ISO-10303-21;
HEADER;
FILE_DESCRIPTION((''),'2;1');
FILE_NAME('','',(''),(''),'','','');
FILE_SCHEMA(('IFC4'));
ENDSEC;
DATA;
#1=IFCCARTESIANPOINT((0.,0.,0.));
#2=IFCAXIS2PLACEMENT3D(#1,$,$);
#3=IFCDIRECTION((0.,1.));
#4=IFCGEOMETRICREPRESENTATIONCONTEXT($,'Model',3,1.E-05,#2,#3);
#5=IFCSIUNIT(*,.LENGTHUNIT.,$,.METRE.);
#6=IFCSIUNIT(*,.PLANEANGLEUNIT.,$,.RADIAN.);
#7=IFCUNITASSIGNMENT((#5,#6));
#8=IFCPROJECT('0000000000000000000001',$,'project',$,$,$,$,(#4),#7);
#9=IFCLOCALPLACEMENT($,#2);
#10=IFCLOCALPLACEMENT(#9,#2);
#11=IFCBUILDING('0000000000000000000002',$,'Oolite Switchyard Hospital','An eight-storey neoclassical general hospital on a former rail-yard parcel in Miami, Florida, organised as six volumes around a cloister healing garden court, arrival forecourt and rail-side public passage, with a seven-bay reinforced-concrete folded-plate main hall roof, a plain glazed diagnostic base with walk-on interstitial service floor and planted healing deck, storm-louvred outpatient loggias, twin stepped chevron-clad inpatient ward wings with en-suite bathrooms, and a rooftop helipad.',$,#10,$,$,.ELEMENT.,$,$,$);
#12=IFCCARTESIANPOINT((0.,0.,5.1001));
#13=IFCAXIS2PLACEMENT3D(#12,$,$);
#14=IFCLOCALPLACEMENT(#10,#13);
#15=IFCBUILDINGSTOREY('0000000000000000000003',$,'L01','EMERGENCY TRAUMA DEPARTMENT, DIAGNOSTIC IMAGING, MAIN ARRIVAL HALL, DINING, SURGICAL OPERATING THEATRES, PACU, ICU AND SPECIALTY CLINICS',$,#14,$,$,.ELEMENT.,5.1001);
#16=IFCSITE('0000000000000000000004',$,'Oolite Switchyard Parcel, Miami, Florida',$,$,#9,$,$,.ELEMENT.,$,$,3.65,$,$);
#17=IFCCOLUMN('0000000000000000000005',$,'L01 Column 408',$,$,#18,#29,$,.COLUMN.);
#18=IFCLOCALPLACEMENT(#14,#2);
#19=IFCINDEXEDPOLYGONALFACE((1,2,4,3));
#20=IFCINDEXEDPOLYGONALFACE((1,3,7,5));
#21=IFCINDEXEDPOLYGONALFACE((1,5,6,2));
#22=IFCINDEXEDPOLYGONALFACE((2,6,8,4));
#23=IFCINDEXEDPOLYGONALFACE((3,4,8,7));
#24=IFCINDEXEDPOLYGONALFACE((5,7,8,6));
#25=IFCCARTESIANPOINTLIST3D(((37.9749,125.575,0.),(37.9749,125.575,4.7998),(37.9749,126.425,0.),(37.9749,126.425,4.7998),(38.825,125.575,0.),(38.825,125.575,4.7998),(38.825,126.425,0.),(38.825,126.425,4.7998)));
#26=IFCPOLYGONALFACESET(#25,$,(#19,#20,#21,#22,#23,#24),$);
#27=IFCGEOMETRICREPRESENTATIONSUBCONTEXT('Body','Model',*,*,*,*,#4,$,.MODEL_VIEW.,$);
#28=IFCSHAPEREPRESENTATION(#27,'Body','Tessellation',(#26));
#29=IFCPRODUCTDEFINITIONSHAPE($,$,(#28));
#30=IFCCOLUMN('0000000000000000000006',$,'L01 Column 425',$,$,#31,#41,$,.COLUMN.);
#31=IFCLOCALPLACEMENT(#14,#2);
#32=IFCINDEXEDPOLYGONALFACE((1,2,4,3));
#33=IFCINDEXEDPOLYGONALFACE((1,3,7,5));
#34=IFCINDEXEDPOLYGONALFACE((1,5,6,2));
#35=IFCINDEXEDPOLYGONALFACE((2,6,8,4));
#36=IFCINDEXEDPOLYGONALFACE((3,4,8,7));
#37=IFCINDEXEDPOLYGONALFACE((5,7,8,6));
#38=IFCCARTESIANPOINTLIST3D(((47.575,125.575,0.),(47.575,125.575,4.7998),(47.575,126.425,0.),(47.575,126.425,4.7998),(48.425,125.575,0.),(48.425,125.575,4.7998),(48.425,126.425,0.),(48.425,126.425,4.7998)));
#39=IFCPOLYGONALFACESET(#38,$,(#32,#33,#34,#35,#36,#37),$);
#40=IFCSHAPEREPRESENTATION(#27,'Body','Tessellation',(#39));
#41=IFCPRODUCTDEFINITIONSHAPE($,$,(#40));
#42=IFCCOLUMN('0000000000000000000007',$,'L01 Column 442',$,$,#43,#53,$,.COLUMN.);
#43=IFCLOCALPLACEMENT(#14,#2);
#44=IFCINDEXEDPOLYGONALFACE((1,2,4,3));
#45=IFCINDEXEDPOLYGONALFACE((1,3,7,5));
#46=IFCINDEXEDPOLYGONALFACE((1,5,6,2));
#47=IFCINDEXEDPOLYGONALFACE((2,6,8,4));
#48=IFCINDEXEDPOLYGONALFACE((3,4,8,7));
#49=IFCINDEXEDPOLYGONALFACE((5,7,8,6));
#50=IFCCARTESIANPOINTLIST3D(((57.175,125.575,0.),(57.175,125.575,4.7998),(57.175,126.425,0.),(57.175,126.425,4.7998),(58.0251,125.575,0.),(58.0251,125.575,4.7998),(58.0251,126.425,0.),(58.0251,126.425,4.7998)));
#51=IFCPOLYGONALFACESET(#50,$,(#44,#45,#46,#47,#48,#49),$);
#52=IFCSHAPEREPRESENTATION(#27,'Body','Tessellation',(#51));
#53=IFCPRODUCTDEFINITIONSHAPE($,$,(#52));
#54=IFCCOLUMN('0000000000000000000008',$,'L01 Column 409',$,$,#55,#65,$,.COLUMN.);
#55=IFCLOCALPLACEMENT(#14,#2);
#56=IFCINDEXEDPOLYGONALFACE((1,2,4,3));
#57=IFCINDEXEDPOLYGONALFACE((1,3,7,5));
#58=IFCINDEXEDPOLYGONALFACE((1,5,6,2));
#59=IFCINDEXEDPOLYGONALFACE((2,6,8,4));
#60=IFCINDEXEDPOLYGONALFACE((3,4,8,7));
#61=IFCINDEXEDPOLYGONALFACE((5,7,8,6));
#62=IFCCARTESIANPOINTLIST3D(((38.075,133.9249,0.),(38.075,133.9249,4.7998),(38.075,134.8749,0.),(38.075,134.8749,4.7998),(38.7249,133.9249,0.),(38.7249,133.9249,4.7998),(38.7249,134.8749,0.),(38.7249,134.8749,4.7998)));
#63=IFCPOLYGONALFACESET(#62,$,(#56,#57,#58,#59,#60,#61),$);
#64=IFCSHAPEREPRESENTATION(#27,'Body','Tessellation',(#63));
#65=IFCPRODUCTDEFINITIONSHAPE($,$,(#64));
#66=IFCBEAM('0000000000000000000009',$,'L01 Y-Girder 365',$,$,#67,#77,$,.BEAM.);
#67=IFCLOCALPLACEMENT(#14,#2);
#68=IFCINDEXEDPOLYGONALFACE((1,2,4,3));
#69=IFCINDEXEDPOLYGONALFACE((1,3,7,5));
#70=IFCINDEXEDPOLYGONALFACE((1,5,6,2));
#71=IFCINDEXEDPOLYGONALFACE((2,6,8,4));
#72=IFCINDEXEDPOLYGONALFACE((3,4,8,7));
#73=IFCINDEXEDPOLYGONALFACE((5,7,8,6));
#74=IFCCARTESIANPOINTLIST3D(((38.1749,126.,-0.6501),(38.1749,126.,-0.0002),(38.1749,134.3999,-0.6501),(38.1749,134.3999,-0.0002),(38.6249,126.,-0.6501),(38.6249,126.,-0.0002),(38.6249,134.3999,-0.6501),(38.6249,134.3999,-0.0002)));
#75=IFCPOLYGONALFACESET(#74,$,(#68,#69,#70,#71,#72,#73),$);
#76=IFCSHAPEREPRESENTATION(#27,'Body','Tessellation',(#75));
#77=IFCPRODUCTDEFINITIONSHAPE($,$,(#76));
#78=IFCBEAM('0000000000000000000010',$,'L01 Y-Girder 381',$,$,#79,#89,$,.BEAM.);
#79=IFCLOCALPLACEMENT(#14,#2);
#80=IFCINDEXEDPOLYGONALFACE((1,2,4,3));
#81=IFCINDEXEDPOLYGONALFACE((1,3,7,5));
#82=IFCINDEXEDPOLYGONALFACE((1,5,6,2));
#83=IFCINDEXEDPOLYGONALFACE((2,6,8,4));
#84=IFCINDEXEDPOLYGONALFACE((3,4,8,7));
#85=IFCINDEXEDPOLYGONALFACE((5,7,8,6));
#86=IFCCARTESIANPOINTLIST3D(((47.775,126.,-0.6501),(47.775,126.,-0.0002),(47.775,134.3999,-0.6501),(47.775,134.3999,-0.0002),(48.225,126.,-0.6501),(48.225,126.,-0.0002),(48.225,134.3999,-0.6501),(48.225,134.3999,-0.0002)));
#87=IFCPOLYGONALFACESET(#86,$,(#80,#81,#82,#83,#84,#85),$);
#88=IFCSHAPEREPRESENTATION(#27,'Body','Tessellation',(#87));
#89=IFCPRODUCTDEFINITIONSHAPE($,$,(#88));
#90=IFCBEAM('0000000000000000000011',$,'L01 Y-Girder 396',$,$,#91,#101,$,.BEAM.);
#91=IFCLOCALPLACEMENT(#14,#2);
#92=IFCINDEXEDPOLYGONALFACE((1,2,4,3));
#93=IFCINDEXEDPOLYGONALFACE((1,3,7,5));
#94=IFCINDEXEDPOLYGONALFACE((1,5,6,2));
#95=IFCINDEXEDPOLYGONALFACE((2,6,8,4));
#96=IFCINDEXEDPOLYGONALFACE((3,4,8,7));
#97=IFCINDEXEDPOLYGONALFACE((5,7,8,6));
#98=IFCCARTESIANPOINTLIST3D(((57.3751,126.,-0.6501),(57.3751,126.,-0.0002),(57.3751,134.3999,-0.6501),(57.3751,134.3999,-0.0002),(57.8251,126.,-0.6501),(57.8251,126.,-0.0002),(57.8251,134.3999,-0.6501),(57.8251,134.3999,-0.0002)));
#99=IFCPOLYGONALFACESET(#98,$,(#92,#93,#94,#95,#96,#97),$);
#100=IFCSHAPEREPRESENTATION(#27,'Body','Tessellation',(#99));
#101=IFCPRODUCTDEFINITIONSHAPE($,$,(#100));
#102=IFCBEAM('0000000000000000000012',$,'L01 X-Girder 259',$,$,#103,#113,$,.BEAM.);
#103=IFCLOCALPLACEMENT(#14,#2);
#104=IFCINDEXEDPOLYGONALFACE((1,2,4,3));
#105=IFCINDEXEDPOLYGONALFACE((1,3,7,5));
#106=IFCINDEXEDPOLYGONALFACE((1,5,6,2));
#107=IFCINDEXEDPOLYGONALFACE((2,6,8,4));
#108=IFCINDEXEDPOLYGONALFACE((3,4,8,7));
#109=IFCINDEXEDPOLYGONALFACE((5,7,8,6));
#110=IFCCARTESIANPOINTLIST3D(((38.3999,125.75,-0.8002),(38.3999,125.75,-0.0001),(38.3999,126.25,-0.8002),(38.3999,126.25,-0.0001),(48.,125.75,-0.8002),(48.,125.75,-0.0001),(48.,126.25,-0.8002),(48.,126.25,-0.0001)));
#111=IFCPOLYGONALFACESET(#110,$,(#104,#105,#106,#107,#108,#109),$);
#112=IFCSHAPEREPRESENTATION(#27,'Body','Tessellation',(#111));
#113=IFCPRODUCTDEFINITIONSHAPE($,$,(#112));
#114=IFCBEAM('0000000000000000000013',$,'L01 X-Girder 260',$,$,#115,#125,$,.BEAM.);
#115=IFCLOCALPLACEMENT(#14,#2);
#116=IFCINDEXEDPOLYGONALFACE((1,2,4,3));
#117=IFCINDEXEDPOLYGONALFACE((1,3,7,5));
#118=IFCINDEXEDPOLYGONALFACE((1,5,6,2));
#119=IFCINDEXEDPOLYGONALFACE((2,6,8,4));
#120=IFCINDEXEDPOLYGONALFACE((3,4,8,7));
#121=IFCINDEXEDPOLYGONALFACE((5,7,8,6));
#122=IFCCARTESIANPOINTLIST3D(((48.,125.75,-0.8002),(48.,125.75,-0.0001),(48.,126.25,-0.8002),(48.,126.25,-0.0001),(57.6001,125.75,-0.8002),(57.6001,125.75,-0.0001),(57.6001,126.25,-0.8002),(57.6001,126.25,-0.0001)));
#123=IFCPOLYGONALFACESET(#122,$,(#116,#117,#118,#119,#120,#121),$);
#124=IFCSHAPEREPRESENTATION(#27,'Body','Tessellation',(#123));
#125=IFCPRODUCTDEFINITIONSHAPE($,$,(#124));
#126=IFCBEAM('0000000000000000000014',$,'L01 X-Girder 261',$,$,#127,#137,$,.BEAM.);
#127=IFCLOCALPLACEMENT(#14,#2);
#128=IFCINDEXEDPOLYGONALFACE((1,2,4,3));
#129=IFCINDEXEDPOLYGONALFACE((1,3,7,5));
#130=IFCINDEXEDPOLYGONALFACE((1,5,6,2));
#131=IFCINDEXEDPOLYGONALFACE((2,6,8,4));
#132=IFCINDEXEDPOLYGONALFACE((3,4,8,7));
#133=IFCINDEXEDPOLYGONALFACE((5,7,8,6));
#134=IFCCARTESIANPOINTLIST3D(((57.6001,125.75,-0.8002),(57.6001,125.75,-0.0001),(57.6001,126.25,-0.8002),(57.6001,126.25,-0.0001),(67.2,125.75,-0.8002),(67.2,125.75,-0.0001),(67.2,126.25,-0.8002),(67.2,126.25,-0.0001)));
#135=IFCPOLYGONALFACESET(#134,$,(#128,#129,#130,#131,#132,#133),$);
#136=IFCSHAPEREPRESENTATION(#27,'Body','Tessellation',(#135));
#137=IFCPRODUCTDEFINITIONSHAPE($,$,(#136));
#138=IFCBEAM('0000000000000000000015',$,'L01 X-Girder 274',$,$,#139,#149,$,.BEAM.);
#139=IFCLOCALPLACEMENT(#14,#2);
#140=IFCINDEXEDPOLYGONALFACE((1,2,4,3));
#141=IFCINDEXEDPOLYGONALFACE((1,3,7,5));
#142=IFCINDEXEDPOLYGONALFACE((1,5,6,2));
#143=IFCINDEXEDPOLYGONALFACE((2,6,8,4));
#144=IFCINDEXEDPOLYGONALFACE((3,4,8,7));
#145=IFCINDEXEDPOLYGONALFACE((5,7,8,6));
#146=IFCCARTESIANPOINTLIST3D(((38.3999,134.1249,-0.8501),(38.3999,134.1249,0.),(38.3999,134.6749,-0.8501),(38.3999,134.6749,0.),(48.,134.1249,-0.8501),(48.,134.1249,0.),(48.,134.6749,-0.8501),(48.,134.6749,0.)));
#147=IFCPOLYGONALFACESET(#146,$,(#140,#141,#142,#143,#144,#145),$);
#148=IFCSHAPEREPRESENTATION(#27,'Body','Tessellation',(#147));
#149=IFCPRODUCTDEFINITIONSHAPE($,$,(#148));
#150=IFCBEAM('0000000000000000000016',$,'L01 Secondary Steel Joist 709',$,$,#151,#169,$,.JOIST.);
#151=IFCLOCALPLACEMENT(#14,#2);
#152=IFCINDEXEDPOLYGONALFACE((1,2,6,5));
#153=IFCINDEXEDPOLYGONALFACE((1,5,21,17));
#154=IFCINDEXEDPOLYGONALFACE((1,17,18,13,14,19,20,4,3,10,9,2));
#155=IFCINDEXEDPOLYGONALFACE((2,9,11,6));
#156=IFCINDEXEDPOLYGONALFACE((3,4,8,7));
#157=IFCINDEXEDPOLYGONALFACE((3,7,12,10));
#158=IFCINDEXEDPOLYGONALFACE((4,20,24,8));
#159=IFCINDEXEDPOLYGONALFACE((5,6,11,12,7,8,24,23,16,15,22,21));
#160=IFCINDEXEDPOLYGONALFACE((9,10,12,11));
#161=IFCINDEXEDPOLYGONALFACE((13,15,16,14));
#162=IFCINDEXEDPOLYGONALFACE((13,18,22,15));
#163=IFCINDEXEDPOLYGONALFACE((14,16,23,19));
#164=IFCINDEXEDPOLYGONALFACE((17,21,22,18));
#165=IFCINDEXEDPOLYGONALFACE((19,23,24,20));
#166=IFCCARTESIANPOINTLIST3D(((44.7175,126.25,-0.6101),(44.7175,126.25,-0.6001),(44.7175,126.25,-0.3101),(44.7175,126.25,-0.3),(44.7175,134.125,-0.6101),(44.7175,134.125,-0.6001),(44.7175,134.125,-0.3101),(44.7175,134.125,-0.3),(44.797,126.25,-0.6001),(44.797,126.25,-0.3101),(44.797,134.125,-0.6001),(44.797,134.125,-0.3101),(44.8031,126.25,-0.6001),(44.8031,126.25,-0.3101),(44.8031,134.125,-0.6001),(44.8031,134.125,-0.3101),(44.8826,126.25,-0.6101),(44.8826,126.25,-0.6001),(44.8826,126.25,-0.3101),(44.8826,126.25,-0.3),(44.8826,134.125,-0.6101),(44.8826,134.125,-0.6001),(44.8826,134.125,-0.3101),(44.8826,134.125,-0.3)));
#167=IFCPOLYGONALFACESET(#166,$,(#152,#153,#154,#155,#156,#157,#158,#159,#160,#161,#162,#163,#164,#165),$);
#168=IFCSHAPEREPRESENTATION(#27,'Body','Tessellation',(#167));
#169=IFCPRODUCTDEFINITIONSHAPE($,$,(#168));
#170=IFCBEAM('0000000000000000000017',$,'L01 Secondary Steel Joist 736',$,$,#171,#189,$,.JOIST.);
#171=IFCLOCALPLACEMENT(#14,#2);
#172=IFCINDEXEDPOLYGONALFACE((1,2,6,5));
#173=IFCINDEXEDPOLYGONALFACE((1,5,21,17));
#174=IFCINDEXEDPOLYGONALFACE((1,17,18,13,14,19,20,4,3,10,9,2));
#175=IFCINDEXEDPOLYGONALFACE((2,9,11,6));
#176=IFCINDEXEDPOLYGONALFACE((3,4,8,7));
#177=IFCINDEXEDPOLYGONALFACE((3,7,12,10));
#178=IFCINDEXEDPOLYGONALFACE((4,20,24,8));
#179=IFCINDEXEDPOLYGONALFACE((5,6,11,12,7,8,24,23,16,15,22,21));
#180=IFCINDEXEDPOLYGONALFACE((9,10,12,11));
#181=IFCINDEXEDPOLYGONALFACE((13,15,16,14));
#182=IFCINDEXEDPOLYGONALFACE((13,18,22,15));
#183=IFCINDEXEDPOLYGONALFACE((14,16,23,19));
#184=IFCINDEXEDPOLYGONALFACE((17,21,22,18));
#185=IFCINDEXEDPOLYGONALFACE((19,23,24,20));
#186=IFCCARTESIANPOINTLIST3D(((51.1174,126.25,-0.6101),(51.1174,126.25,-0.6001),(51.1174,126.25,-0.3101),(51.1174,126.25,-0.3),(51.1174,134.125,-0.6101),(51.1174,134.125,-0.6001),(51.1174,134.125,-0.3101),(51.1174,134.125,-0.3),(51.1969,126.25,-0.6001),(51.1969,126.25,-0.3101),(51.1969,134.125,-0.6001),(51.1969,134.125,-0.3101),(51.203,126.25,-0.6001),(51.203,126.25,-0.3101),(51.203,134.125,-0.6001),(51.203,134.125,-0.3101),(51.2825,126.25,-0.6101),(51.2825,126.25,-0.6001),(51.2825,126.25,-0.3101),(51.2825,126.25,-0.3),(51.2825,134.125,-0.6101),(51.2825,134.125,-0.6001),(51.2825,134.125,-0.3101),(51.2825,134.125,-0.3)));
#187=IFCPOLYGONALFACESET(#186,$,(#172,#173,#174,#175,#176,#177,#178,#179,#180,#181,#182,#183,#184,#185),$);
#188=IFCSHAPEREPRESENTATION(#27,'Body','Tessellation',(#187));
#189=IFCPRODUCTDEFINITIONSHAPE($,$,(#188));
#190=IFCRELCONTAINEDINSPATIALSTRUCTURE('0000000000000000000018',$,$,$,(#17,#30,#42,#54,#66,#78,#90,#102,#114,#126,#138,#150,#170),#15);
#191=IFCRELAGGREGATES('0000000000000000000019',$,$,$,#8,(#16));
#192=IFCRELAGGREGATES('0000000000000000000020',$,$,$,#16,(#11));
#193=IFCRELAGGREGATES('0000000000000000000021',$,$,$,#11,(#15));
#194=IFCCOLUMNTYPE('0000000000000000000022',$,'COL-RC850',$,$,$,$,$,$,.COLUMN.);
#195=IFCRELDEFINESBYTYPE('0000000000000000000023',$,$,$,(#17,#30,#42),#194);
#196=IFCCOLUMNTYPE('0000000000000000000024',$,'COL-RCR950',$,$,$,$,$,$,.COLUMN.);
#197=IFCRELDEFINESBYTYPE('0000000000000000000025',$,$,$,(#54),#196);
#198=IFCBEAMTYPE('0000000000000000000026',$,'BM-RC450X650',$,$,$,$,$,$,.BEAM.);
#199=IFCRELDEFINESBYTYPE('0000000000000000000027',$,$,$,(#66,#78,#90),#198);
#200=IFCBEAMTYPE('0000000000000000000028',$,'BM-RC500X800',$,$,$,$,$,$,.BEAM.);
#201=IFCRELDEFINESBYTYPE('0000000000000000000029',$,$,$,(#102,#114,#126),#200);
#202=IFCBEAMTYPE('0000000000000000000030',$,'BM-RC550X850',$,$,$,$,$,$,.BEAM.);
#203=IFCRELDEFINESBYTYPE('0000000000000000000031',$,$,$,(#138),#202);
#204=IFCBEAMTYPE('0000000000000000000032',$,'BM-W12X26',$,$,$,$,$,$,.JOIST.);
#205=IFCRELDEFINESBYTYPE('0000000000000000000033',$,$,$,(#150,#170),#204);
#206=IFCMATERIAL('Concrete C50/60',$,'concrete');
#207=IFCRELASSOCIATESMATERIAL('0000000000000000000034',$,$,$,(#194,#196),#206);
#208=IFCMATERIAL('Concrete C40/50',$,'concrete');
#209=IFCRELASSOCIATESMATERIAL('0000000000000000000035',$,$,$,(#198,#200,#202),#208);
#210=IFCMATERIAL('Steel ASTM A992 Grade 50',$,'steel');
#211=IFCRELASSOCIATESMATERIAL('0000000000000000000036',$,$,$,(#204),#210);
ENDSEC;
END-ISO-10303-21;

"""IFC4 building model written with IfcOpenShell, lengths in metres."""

from ifc_helpers import new_model, si_unit, direction, frame, origin, origin_2d, place, context, subcontext, project, spatial, rectangle, i_section, extrude, material, material_profile, profile_set, type_object, element, save


model = new_model("IFC4")

# Units and contexts
model_context = context("Model", 3, precision=1e-05, world=origin(), true_north=direction((0.0, 1.0)))
body_context = subcontext(model_context, "Body", "Model", "MODEL_VIEW")
ifc_project = project(units=[si_unit("LENGTHUNIT", "METRE"), si_unit("PLANEANGLEUNIT", "RADIAN")], contexts=[model_context])

# Site, building, storey
site_placement = place(None, origin())
site = spatial("IfcSite", under=ifc_project, at=site_placement, Name="Oolite Switchyard Parcel, Miami, Florida", CompositionType="ELEMENT", RefElevation=3.65)
building_placement = place(site_placement, origin())
building = spatial("IfcBuilding", under=site, at=building_placement, Name="Oolite Switchyard Hospital", Description="An eight-storey neoclassical general hospital on a former rail-yard parcel in Miami, Florida, organised as six volumes around a cloister healing garden court, arrival forecourt and rail-side public passage, with a seven-bay reinforced-concrete folded-plate main hall roof, a plain glazed diagnostic base with walk-on interstitial service floor and planted healing deck, storm-louvred outpatient loggias, twin stepped chevron-clad inpatient ward wings with en-suite bathrooms, and a rooftop helipad.", CompositionType="ELEMENT")
storey_placement = place(building_placement, frame((0.0, 0.0, 5.1001)))
storey = spatial("IfcBuildingStorey", under=building, at=storey_placement, Name="L01", Description="EMERGENCY TRAUMA DEPARTMENT, DIAGNOSTIC IMAGING, MAIN ARRIVAL HALL, DINING, SURGICAL OPERATING THEATRES, PACU, ICU AND SPECIALTY CLINICS", CompositionType="ELEMENT", Elevation=5.1001)

# Columns
ifc_material_1 = material(Name="Concrete C50/60", Category="concrete")
ifc_material_profile_1 = material_profile(ifc_material_1, rectangle(XDim=0.8501, YDim=0.8501, at=origin_2d()), Name="RC850X850")
ifc_profile_set_1 = profile_set([ifc_material_profile_1], Name="Concrete C50/60")
column_type_1 = type_object("IfcColumnType", Name="COL-RC850", PredefinedType="COLUMN", material=ifc_profile_set_1)
for number, where, z_axis, x_axis, name in (
    (1, (38.3999, 126.0, 0.0), (0.0, 0.0, 1.0), (1.0, 0.0, 0.0), "L01 Column 408"),
    (2, (48.0, 126.0, 0.0), (0.0, 0.0, 1.0), (1.0, 0.0, 0.0), "L01 Column 425"),
    (3, (57.6001, 126.0, 0.0), (0.0, 0.0, 1.0), (1.0, 0.0, 0.0), "L01 Column 442"),
):
    element("IfcColumn", number, at=place(storey_placement, frame(where, z_axis=z_axis, x_axis=x_axis)), inside=storey, type_object=column_type_1, Name=name, PredefinedType="COLUMN", context=body_context, shape_type="SweptSolid", body=[
        extrude(rectangle(XDim=0.8501, YDim=0.8501, at=origin_2d()), origin(), (0.0, 0.0, 1.0), 4.7998),
    ])
ifc_material_profile_2 = material_profile(ifc_material_1, rectangle(XDim=0.95, YDim=0.6499, at=origin_2d()), Name="RC950X650")
ifc_profile_set_2 = profile_set([ifc_material_profile_2], Name="Concrete C50/60")
column_type_2 = type_object("IfcColumnType", Name="COL-RCR950", PredefinedType="COLUMN", material=ifc_profile_set_2)
column_placement = place(storey_placement, frame((38.3999, 134.3999, 0.0), z_axis=(0.0, 0.0, 1.0), x_axis=(0.0, 1.0, 0.0)))
element("IfcColumn", 4, at=column_placement, inside=storey, type_object=column_type_2, Name="L01 Column 409", PredefinedType="COLUMN", context=body_context, shape_type="SweptSolid", body=[
    extrude(rectangle(XDim=0.95, YDim=0.6499, at=origin_2d()), origin(), (0.0, 0.0, 1.0), 4.7998),
])

# Beams
ifc_material_2 = material(Name="Concrete C40/50", Category="concrete")
ifc_material_profile_3 = material_profile(ifc_material_2, rectangle(XDim=0.45, YDim=0.6499, at=origin_2d()), Name="RCB450X650")
ifc_profile_set_3 = profile_set([ifc_material_profile_3], Name="Concrete C40/50")
beam_type_1 = type_object("IfcBeamType", Name="BM-RC450X650", PredefinedType="BEAM", material=ifc_profile_set_3)
for number, where, z_axis, x_axis, name in (
    (5, (38.3999, 126.0, -0.3252), (0.0, 1.0, 0.0), (-1.0, 0.0, 0.0), "L01 Y-Girder 365"),
    (6, (48.0, 126.0, -0.3252), (0.0, 1.0, 0.0), (-1.0, 0.0, 0.0), "L01 Y-Girder 381"),
    (7, (57.6001, 126.0, -0.3252), (0.0, 1.0, 0.0), (-1.0, 0.0, 0.0), "L01 Y-Girder 396"),
):
    element("IfcBeam", number, at=place(storey_placement, frame(where, z_axis=z_axis, x_axis=x_axis)), inside=storey, type_object=beam_type_1, Name=name, PredefinedType="BEAM", context=body_context, shape_type="SweptSolid", body=[
        extrude(rectangle(XDim=0.45, YDim=0.6499, at=origin_2d()), origin(), (0.0, 0.0, 1.0), 8.3999),
    ])
ifc_material_profile_4 = material_profile(ifc_material_2, rectangle(XDim=0.5, YDim=0.8, at=origin_2d()), Name="RCB500X800")
ifc_profile_set_4 = profile_set([ifc_material_profile_4], Name="Concrete C40/50")
beam_type_2 = type_object("IfcBeamType", Name="BM-RC500X800", PredefinedType="BEAM", material=ifc_profile_set_4)
for number, where, z_axis, x_axis, name in (
    (8, (38.3999, 126.0, -0.4001), (1.0, 0.0, 0.0), (0.0, 1.0, 0.0), "L01 X-Girder 259"),
    (9, (48.0, 126.0, -0.4001), (1.0, 0.0, 0.0), (0.0, 1.0, 0.0), "L01 X-Girder 260"),
):
    element("IfcBeam", number, at=place(storey_placement, frame(where, z_axis=z_axis, x_axis=x_axis)), inside=storey, type_object=beam_type_2, Name=name, PredefinedType="BEAM", context=body_context, shape_type="SweptSolid", body=[
        extrude(rectangle(XDim=0.5, YDim=0.8, at=origin_2d()), origin(), (0.0, 0.0, 1.0), 9.6001),
    ])
beam_1_placement = place(storey_placement, frame((57.6001, 126.0, -0.4001), z_axis=(1.0, 0.0, 0.0), x_axis=(0.0, 1.0, 0.0)))
element("IfcBeam", 10, at=beam_1_placement, inside=storey, type_object=beam_type_2, Name="L01 X-Girder 261", PredefinedType="BEAM", context=body_context, shape_type="SweptSolid", body=[
    extrude(rectangle(XDim=0.5, YDim=0.8, at=origin_2d()), origin(), (0.0, 0.0, 1.0), 9.5999),
])
ifc_material_profile_5 = material_profile(ifc_material_2, rectangle(XDim=0.55, YDim=0.8501, at=origin_2d()), Name="RCB550X850")
ifc_profile_set_5 = profile_set([ifc_material_profile_5], Name="Concrete C40/50")
beam_type_3 = type_object("IfcBeamType", Name="BM-RC550X850", PredefinedType="BEAM", material=ifc_profile_set_5)
beam_2_placement = place(storey_placement, frame((38.3999, 134.3999, -0.425), z_axis=(1.0, 0.0, 0.0), x_axis=(0.0, 1.0, 0.0)))
element("IfcBeam", 11, at=beam_2_placement, inside=storey, type_object=beam_type_3, Name="L01 X-Girder 274", PredefinedType="BEAM", context=body_context, shape_type="SweptSolid", body=[
    extrude(rectangle(XDim=0.55, YDim=0.8501, at=origin_2d()), origin(), (0.0, 0.0, 1.0), 9.6001),
])
ifc_material_3 = material(Name="Steel ASTM A992 Grade 50", Category="steel")
ifc_material_profile_6 = material_profile(ifc_material_3, i_section(OverallWidth=0.165, OverallDepth=0.3101, WebThickness=0.0061, FlangeThickness=0.01, at=origin_2d()), Name="W12X26")
ifc_profile_set_6 = profile_set([ifc_material_profile_6], Name="Steel ASTM A992 Grade 50")
beam_type_4 = type_object("IfcBeamType", Name="BM-W12X26", PredefinedType="JOIST", material=ifc_profile_set_6)
for number, where, z_axis, x_axis, name in (
    (12, (44.8, 126.25, -0.4551), (0.0, 1.0, 0.0), (-1.0, 0.0, 0.0), "L01 Secondary Steel Joist 709"),
    (13, (51.2, 126.25, -0.4551), (0.0, 1.0, 0.0), (-1.0, 0.0, 0.0), "L01 Secondary Steel Joist 736"),
):
    element("IfcBeam", number, at=place(storey_placement, frame(where, z_axis=z_axis, x_axis=x_axis)), inside=storey, type_object=beam_type_4, Name=name, PredefinedType="JOIST", context=body_context, shape_type="SweptSolid", body=[
        extrude(i_section(OverallWidth=0.165, OverallDepth=0.3101, WebThickness=0.0061, FlangeThickness=0.01, at=origin_2d()), origin(), (0.0, 0.0, 1.0), 7.875),
    ])

save(model, "model.ifc")
